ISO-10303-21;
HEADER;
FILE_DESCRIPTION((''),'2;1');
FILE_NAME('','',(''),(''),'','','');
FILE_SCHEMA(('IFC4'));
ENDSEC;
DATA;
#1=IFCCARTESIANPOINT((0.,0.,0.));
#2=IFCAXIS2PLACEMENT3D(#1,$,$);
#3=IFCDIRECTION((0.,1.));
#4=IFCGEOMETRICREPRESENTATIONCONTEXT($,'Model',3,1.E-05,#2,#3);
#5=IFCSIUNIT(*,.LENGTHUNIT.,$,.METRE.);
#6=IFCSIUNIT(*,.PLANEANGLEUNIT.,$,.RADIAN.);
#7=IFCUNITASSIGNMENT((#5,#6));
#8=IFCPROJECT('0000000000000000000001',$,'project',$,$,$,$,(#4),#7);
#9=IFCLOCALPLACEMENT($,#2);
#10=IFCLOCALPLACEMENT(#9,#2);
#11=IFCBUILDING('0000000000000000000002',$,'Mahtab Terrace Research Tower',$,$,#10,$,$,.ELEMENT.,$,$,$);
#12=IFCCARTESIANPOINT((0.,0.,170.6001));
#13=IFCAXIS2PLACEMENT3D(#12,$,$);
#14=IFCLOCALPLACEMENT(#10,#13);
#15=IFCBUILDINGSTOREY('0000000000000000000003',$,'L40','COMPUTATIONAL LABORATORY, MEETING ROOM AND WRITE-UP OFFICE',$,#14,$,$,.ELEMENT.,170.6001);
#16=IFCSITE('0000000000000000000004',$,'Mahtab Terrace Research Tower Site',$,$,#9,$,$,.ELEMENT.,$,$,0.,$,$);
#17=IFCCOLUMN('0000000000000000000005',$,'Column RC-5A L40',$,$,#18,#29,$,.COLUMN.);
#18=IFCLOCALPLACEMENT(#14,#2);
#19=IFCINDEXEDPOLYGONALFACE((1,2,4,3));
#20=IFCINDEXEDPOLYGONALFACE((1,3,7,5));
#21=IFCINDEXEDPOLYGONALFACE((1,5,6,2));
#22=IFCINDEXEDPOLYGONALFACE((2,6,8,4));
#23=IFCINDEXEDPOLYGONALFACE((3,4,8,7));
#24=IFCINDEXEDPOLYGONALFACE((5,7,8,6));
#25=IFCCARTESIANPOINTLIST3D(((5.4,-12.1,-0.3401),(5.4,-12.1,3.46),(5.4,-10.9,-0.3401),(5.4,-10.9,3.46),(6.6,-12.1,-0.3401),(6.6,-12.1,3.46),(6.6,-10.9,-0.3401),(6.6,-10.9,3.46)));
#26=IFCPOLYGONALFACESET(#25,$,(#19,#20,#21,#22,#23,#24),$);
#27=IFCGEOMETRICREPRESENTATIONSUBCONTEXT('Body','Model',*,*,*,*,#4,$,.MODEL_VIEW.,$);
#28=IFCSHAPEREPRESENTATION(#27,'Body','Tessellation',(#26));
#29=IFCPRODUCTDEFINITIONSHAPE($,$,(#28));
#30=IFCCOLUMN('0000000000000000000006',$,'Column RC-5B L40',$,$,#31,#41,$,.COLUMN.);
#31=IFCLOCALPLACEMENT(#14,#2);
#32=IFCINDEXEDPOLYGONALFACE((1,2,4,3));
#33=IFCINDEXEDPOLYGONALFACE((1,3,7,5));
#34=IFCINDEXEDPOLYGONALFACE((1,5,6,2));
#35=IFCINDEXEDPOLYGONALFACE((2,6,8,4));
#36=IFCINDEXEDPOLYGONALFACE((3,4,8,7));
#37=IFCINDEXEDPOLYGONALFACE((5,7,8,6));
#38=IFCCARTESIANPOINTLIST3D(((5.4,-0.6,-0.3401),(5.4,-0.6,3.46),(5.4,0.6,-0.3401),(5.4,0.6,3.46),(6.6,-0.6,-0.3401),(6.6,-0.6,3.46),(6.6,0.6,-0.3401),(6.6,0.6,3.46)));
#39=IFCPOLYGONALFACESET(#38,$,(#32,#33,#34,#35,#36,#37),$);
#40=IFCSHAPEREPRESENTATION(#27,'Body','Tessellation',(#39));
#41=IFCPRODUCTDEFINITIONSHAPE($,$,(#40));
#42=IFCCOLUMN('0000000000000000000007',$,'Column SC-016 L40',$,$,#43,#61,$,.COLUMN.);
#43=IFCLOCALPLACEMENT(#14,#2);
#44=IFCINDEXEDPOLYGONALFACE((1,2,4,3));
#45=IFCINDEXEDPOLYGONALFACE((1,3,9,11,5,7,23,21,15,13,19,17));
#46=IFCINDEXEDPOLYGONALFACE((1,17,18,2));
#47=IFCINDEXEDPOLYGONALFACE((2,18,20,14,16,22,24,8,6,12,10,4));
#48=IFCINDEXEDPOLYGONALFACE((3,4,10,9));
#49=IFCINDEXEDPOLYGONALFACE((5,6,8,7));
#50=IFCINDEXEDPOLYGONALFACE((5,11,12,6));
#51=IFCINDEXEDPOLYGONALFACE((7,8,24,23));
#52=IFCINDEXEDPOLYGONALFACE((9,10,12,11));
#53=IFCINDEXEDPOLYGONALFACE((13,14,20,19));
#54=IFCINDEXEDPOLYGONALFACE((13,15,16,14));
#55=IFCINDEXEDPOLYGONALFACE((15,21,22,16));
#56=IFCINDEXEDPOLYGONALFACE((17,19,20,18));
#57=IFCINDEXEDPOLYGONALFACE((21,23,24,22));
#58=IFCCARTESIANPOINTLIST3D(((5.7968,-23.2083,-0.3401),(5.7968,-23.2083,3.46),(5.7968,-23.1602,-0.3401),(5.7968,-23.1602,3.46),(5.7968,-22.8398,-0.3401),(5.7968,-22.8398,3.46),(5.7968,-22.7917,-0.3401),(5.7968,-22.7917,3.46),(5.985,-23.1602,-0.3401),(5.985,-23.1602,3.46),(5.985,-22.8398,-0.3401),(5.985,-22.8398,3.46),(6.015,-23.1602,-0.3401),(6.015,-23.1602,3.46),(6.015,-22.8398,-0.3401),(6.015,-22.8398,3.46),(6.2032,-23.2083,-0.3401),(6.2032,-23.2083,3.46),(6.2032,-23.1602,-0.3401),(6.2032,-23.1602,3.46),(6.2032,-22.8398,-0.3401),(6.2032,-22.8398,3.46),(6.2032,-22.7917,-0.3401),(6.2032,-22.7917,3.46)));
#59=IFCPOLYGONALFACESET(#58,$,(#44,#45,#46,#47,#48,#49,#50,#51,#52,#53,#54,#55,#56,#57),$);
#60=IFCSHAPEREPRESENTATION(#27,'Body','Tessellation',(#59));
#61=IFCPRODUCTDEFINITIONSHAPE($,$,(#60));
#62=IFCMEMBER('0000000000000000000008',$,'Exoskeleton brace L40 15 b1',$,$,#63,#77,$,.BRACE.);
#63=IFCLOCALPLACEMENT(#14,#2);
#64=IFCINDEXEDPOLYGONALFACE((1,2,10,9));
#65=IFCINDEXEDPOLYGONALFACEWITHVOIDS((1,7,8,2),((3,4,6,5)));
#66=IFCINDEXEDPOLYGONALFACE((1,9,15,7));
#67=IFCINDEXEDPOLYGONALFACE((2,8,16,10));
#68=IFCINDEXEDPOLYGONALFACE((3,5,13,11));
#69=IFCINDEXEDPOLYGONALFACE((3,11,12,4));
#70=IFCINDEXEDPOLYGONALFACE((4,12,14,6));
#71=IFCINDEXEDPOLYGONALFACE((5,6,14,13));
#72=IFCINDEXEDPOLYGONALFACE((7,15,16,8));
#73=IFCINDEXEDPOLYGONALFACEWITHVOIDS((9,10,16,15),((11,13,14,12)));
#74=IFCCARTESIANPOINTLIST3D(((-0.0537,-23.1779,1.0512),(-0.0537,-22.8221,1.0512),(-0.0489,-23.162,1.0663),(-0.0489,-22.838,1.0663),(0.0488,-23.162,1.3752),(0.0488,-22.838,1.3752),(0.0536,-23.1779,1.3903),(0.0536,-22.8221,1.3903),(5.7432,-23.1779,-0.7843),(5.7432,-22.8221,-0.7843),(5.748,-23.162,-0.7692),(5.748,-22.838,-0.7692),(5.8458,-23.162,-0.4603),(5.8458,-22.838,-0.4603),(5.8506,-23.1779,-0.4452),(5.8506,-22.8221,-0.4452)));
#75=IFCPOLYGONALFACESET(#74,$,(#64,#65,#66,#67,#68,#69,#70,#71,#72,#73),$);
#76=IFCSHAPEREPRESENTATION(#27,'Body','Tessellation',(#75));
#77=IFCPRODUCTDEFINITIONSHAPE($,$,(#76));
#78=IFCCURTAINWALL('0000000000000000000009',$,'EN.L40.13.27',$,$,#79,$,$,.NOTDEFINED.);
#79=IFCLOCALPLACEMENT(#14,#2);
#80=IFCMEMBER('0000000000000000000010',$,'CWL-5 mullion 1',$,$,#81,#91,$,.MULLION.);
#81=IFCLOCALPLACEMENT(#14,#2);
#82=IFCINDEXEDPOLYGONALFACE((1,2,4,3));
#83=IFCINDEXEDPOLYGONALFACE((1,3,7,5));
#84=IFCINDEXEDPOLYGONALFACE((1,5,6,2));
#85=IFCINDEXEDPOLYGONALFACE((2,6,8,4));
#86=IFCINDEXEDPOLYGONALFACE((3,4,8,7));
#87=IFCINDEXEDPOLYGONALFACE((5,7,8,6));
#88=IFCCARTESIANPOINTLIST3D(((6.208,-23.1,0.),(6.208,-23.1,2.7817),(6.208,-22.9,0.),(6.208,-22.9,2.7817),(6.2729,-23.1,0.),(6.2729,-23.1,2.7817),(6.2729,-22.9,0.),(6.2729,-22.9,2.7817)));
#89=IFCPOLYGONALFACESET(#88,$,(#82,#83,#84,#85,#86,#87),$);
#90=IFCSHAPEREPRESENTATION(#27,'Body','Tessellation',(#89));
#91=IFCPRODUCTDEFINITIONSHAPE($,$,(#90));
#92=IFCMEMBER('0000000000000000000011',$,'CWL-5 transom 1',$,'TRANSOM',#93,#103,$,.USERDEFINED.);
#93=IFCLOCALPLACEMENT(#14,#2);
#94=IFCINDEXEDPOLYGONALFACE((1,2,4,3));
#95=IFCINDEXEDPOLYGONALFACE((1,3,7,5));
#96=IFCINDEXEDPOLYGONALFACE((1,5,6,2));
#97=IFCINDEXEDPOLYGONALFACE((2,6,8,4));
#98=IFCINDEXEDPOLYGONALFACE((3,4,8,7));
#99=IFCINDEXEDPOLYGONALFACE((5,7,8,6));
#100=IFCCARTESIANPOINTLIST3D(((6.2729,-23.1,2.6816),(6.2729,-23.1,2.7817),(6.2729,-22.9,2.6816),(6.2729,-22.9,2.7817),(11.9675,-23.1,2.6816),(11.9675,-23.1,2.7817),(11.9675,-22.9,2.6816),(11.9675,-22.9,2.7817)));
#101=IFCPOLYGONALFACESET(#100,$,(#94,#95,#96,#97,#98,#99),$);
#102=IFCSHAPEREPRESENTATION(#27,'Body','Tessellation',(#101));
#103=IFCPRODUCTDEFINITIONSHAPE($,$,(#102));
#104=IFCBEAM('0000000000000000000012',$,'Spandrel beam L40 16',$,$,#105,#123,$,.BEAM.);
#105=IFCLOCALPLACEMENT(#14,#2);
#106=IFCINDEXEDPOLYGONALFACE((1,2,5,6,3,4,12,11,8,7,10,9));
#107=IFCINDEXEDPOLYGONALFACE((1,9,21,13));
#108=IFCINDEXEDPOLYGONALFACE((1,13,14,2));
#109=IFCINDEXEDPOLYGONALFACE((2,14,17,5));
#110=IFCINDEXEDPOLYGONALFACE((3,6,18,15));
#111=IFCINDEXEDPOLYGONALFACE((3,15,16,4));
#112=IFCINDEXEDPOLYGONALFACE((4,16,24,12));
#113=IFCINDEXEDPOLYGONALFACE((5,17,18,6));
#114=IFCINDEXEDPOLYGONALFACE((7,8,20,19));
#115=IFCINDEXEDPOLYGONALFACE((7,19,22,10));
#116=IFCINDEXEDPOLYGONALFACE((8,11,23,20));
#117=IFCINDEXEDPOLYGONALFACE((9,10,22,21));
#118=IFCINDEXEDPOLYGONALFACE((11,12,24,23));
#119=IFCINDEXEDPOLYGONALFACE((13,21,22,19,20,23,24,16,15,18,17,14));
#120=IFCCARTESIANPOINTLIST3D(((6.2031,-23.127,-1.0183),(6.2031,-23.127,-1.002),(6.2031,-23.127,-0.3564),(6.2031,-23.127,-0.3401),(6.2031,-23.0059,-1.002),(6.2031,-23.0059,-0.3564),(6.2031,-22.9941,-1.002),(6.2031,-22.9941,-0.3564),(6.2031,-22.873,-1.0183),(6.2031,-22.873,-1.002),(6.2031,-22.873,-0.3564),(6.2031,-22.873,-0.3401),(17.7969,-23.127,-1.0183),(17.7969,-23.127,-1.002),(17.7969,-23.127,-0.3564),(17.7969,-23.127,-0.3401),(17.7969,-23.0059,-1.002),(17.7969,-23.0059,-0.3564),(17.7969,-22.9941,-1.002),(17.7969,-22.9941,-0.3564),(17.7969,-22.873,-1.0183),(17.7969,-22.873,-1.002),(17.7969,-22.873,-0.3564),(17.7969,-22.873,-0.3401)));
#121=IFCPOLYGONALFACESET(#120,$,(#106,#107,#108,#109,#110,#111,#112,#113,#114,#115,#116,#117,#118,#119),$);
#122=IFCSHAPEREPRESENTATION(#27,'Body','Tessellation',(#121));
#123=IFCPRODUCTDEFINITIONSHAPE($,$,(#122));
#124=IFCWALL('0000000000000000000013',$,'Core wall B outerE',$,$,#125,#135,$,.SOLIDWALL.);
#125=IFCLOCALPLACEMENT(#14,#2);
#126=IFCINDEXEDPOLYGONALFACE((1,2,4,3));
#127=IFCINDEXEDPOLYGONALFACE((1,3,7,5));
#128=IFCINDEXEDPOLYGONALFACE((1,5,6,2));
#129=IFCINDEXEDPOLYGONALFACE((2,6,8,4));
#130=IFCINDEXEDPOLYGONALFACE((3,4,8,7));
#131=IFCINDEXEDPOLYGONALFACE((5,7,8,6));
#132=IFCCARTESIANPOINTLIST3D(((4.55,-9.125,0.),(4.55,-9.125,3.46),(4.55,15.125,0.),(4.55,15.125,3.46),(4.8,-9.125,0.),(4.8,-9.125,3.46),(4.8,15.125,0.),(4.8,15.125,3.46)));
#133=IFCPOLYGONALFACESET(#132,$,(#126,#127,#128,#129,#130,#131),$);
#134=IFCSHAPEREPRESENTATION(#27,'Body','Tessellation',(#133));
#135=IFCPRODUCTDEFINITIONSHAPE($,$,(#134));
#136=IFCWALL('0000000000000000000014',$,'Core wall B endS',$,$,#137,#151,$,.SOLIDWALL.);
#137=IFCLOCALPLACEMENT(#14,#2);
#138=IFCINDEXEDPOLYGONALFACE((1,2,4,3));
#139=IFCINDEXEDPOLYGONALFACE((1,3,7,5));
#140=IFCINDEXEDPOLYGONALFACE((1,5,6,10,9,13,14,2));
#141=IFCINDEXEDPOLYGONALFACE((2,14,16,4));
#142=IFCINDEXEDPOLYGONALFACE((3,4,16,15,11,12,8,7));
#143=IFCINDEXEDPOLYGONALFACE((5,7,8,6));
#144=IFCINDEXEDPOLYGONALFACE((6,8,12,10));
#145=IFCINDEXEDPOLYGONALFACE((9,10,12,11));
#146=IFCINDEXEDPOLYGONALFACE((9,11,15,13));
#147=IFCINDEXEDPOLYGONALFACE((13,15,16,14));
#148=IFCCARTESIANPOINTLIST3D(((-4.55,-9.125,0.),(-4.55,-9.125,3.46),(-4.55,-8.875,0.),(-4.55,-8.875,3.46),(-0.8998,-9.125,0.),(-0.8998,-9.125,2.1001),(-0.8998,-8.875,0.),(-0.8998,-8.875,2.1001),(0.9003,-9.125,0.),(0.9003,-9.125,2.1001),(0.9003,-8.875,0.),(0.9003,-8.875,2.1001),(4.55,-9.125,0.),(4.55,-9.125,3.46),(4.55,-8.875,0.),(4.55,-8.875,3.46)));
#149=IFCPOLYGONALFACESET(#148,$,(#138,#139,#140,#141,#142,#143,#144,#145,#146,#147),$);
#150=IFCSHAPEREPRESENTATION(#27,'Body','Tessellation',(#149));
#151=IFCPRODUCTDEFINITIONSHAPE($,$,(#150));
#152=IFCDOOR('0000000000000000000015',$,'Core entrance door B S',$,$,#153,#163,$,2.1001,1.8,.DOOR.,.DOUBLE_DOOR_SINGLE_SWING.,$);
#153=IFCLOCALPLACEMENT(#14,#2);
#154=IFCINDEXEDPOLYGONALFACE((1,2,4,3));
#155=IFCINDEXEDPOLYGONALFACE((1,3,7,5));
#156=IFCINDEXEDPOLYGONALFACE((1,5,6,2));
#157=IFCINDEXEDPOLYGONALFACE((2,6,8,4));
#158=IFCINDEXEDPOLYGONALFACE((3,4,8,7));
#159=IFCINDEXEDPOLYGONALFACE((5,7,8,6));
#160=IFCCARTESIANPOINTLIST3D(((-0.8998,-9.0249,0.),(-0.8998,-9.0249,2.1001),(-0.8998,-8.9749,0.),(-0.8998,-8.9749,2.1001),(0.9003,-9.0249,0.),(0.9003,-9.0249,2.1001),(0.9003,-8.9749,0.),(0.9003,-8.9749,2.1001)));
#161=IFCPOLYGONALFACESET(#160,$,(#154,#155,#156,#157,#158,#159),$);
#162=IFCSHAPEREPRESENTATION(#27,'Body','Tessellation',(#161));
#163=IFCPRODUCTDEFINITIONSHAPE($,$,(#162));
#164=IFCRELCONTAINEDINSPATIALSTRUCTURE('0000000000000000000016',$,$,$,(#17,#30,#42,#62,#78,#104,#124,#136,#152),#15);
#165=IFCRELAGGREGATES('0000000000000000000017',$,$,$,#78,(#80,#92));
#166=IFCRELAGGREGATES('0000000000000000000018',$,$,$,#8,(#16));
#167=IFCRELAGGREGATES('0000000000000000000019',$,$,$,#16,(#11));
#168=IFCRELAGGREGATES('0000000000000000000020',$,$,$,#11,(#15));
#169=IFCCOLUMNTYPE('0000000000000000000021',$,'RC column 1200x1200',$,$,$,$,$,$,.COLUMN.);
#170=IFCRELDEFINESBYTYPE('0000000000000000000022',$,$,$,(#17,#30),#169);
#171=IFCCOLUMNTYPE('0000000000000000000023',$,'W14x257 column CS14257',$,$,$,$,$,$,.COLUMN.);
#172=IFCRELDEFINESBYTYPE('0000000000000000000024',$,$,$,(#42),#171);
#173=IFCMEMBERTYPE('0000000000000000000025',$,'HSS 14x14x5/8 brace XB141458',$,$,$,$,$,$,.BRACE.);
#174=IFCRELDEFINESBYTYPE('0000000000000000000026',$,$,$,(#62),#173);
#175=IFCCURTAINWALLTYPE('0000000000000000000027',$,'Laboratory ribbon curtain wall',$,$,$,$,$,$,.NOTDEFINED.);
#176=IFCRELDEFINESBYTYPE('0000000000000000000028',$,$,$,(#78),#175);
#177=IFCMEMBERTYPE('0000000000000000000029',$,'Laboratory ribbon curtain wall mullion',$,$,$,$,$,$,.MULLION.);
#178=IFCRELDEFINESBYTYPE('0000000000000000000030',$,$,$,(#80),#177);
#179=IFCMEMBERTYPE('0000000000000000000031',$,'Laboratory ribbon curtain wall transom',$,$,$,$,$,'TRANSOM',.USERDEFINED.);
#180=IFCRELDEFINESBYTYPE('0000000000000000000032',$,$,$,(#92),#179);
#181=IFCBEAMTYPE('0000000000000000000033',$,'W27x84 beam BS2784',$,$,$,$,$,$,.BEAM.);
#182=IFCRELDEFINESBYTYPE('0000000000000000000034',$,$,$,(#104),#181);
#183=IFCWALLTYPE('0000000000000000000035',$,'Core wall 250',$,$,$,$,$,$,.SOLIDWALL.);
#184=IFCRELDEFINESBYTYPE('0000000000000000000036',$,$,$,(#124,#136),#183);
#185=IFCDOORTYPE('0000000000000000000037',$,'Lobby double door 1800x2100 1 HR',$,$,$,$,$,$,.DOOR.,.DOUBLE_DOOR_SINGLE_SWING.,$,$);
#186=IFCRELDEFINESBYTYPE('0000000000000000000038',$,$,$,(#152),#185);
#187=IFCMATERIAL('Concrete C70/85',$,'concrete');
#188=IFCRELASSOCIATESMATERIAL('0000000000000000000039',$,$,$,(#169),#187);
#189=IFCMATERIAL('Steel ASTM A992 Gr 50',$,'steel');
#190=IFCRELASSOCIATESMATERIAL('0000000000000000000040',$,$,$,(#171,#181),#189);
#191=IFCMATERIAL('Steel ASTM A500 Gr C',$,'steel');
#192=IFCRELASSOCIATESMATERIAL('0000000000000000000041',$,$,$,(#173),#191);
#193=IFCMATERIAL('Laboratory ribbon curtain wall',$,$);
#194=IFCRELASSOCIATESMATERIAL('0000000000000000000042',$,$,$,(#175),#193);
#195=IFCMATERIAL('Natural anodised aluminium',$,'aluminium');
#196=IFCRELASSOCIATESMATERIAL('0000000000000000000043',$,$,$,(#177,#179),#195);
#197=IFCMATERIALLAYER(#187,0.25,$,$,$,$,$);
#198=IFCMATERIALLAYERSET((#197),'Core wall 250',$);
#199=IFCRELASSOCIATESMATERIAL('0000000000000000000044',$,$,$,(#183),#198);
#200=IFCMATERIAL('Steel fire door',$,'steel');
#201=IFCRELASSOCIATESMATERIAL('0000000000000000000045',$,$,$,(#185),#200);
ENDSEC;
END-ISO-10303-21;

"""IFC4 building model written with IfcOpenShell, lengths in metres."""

from ifc_helpers import new_model, si_unit, direction, frame, frame_2d, origin, origin_2d, place, context, subcontext, project, spatial, rectangle, hollow_rectangle, i_section, extrude, material, layer, layer_set, material_profile, profile_set, type_object, element, fill, aggregate, save


model = new_model("IFC4")

# Units and contexts
model_context = context("Model", 3, precision=1e-05, world=origin(), true_north=direction((0.0, 1.0)))
body_context = subcontext(model_context, "Body", "Model", "MODEL_VIEW")
ifc_project = project(units=[si_unit("LENGTHUNIT", "METRE"), si_unit("PLANEANGLEUNIT", "RADIAN")], contexts=[model_context])

# Site, building, storey
site_placement = place(None, origin())
site = spatial("IfcSite", under=ifc_project, at=site_placement, Name="Mahtab Terrace Research Tower Site", CompositionType="ELEMENT", RefElevation=0.0)
building_placement = place(site_placement, origin())
building = spatial("IfcBuilding", under=site, at=building_placement, Name="Mahtab Terrace Research Tower", CompositionType="ELEMENT")
storey_placement = place(building_placement, frame((0.0, 0.0, 170.6001)))
storey = spatial("IfcBuildingStorey", under=building, at=storey_placement, Name="L40", Description="COMPUTATIONAL LABORATORY, MEETING ROOM AND WRITE-UP OFFICE", CompositionType="ELEMENT", Elevation=170.6001)

# Columns
ifc_material_1 = material(Name="Concrete C70/85", Category="concrete")
ifc_material_profile_1 = material_profile(ifc_material_1, rectangle(XDim=1.2, YDim=1.2, at=origin_2d()), Name="RC column 1200x1200")
ifc_profile_set_1 = profile_set([ifc_material_profile_1], Name="Concrete C70/85")
column_type_1 = type_object("IfcColumnType", Name="RC column 1200x1200", PredefinedType="COLUMN", material=ifc_profile_set_1)
for number, where, z_axis, x_axis, name in (
    (1, (6.0, -11.5, -0.3401), (0.0, 0.0, 1.0), (1.0, 0.0, 0.0), "Column RC-5A L40"),
    (2, (6.0, 0.0, -0.3401), (0.0, 0.0, 1.0), (1.0, 0.0, 0.0), "Column RC-5B L40"),
):
    element("IfcColumn", number, at=place(storey_placement, frame(where, z_axis=z_axis, x_axis=x_axis)), inside=storey, type_object=column_type_1, Name=name, PredefinedType="COLUMN", context=body_context, shape_type="SweptSolid", body=[
        extrude(rectangle(XDim=1.2, YDim=1.2, at=origin_2d()), origin(), (0.0, 0.0, 1.0), 3.8),
    ])
ifc_material_2 = material(Name="Steel ASTM A992 Gr 50", Category="steel")
ifc_material_profile_2 = material_profile(ifc_material_2, i_section(OverallWidth=0.4065, OverallDepth=0.4165, WebThickness=0.03, FlangeThickness=0.0481, at=origin_2d()), Name="W14X257")
ifc_profile_set_2 = profile_set([ifc_material_profile_2], Name="Steel ASTM A992 Gr 50")
column_type_2 = type_object("IfcColumnType", Name="W14x257 column CS14257", PredefinedType="COLUMN", material=ifc_profile_set_2)
column_placement = place(storey_placement, frame((6.0, -23.0, -0.3401), z_axis=(0.0, 0.0, 1.0), x_axis=(1.0, 0.0, 0.0)))
element("IfcColumn", 3, at=column_placement, inside=storey, type_object=column_type_2, Name="Column SC-016 L40", PredefinedType="COLUMN", context=body_context, shape_type="SweptSolid", body=[
    extrude(i_section(OverallWidth=0.4065, OverallDepth=0.4165, WebThickness=0.03, FlangeThickness=0.0481, at=origin_2d()), origin(), (0.0, 0.0, 1.0), 3.8),
])

# Member
ifc_material_3 = material(Name="Steel ASTM A500 Gr C", Category="steel")
ifc_material_profile_3 = material_profile(ifc_material_3, hollow_rectangle(XDim=0.3557, YDim=0.3557, WallThickness=0.0159, at=origin_2d()), Name="HSS14X14X5/8")
ifc_profile_set_3 = profile_set([ifc_material_profile_3], Name="Steel ASTM A500 Gr C")
member_type_1 = type_object("IfcMemberType", Name="HSS 14x14x5/8 brace XB141458", PredefinedType="BRACE", material=ifc_profile_set_3)
member_1_placement = place(storey_placement, frame((5.7969, -23.0, -0.6147), z_axis=(-0.953353, 0.0, 0.301858), x_axis=(0.0, -1.0, 0.0)))
element("IfcMember", 4, at=member_1_placement, inside=storey, type_object=member_type_1, Name="Exoskeleton brace L40 15 b1", PredefinedType="BRACE", context=body_context, shape_type="SweptSolid", body=[
    extrude(hollow_rectangle(XDim=0.3557, YDim=0.3557, WallThickness=0.0159, at=origin_2d()), origin(), (0.0, 0.0, 1.0), 6.0806),
])

# Curtain wall, members
ifc_material_4 = material(Name="Laboratory ribbon curtain wall")
curtain_wall_type = type_object("IfcCurtainWallType", Name="Laboratory ribbon curtain wall", PredefinedType="NOTDEFINED", material=ifc_material_4)
curtain_wall_placement = place(storey_placement, origin())
curtain_wall = element("IfcCurtainWall", 5, at=curtain_wall_placement, inside=storey, type_object=curtain_wall_type, Name="EN.L40.13.27", PredefinedType="NOTDEFINED")
ifc_material_5 = material(Name="Natural anodised aluminium", Category="aluminium")
ifc_material_profile_4 = material_profile(ifc_material_5, rectangle(XDim=0.2, YDim=0.0649, at=origin_2d()), Name="MULLION 65x200")
ifc_profile_set_4 = profile_set([ifc_material_profile_4], Name="Natural anodised aluminium")
member_type_2 = type_object("IfcMemberType", Name="Laboratory ribbon curtain wall mullion", PredefinedType="MULLION", material=ifc_profile_set_4)
member_2_placement = place(storey_placement, frame((6.2405, -23.0, 0.0), z_axis=(0.0, 0.0, 1.0), x_axis=(0.0, 1.0, 0.0)))
member_2 = element("IfcMember", 6, at=member_2_placement, type_object=member_type_2, Name="CWL-5 mullion 1", PredefinedType="MULLION", context=body_context, shape_type="SweptSolid", body=[
    extrude(rectangle(XDim=0.2, YDim=0.0649, at=origin_2d()), origin(), (0.0, 0.0, 1.0), 2.7817),
])
ifc_material_profile_5 = material_profile(ifc_material_5, rectangle(XDim=0.2, YDim=0.1001, at=origin_2d()), Name="TRANSOM 100x200")
ifc_profile_set_5 = profile_set([ifc_material_profile_5], Name="Natural anodised aluminium")
member_type_3 = type_object("IfcMemberType", Name="Laboratory ribbon curtain wall transom", ElementType="TRANSOM", PredefinedType="USERDEFINED", material=ifc_profile_set_5)
member_3_placement = place(storey_placement, frame((6.2729, -23.0, 2.7317), z_axis=(1.0, 0.0, 0.0), x_axis=(0.0, 1.0, 0.0)))
member_3 = element("IfcMember", 7, at=member_3_placement, type_object=member_type_3, Name="CWL-5 transom 1", ObjectType="TRANSOM", PredefinedType="USERDEFINED", context=body_context, shape_type="SweptSolid", body=[
    extrude(rectangle(XDim=0.2, YDim=0.1001, at=origin_2d()), origin(), (0.0, 0.0, 1.0), 5.6946),
])
aggregate(curtain_wall, [member_2, member_3])

# Beam
ifc_material_profile_6 = material_profile(ifc_material_2, i_section(OverallWidth=0.2539, OverallDepth=0.6782, WebThickness=0.0117, FlangeThickness=0.0164, at=origin_2d()), Name="W27X84")
ifc_profile_set_6 = profile_set([ifc_material_profile_6], Name="Steel ASTM A992 Gr 50")
beam_type = type_object("IfcBeamType", Name="W27x84 beam BS2784", PredefinedType="BEAM", material=ifc_profile_set_6)
beam_placement = place(storey_placement, frame((6.2031, -23.0, -0.6792), z_axis=(1.0, 0.0, 0.0), x_axis=(0.0, 1.0, 0.0)))
element("IfcBeam", 8, at=beam_placement, inside=storey, type_object=beam_type, Name="Spandrel beam L40 16", PredefinedType="BEAM", context=body_context, shape_type="SweptSolid", body=[
    extrude(i_section(OverallWidth=0.2539, OverallDepth=0.6782, WebThickness=0.0117, FlangeThickness=0.0164, at=origin_2d()), origin(), (0.0, 0.0, 1.0), 11.5938),
])

# Wall
ifc_layer_1 = layer(ifc_material_1, 0.25)
ifc_layer_set_1 = layer_set([ifc_layer_1], Name="Core wall 250")
wall_type_1 = type_object("IfcWallType", Name="Core wall 250", PredefinedType="SOLIDWALL", material=ifc_layer_set_1)
wall_1_placement = place(storey_placement, frame((4.675, -9.125, 0.0), z_axis=(0.0, 0.0, 1.0), x_axis=(0.0, 1.0, 0.0)))
element("IfcWall", 9, at=wall_1_placement, inside=storey, type_object=wall_type_1, Name="Core wall B outerE", PredefinedType="SOLIDWALL", context=body_context, shape_type="SweptSolid", body=[
    extrude(rectangle(XDim=24.25, YDim=0.25, at=frame_2d((12.125, 0.0))), origin(), (0.0, 0.0, 1.0), 3.46),
])

# Wall, opening, door
wall_2_placement = place(storey_placement, frame((4.55, -9.0, 0.0), z_axis=(0.0, 0.0, 1.0), x_axis=(-1.0, 0.0, 0.0)))
wall_2 = element("IfcWall", 10, at=wall_2_placement, inside=storey, type_object=wall_type_1, Name="Core wall B endS", PredefinedType="SOLIDWALL", context=body_context, shape_type="SweptSolid", body=[
    extrude(rectangle(XDim=9.1001, YDim=0.25, at=frame_2d((4.55, 0.0))), origin(), (0.0, 0.0, 1.0), 3.46),
])
opening_1_placement = place(wall_2_placement, frame((3.6499, 0.0, 0.0)))
opening_1 = element("IfcOpeningElement", 11, at=opening_1_placement, cuts=wall_2, PredefinedType="OPENING", context=body_context, shape_type="SweptSolid", body=[
    extrude(rectangle(XDim=1.8, YDim=2.1001, at=frame_2d((0.8999, 1.05))), frame((0.0, 0.135, 0.0), z_axis=(0.0, -1.0, 0.0), x_axis=(1.0, 0.0, 0.0)), (0.0, 0.0, 1.0), 0.27),
])
ifc_material_6 = material(Name="Steel fire door", Category="steel")
door_type_1 = type_object("IfcDoorType", Name="Lobby double door 1800x2100 1 HR", OperationType="DOUBLE_DOOR_SINGLE_SWING", PredefinedType="DOOR", material=ifc_material_6)
door_1_placement = place(opening_1_placement, origin())
door_1 = element("IfcDoor", 12, at=door_1_placement, inside=storey, type_object=door_type_1, Name="Core entrance door B S", OperationType="DOUBLE_DOOR_SINGLE_SWING", OverallHeight=2.1001, OverallWidth=1.8, PredefinedType="DOOR", context=body_context, shape_type="SweptSolid", body=[
    extrude(rectangle(XDim=1.8, YDim=2.1001, at=frame_2d((0.8999, 1.05))), frame((0.0, 0.0249, 0.0), z_axis=(0.0, -1.0, 0.0), x_axis=(1.0, 0.0, 0.0)), (0.0, 0.0, 1.0), 0.05),
])
fill(opening_1, door_1)

save(model, "model.ifc")
